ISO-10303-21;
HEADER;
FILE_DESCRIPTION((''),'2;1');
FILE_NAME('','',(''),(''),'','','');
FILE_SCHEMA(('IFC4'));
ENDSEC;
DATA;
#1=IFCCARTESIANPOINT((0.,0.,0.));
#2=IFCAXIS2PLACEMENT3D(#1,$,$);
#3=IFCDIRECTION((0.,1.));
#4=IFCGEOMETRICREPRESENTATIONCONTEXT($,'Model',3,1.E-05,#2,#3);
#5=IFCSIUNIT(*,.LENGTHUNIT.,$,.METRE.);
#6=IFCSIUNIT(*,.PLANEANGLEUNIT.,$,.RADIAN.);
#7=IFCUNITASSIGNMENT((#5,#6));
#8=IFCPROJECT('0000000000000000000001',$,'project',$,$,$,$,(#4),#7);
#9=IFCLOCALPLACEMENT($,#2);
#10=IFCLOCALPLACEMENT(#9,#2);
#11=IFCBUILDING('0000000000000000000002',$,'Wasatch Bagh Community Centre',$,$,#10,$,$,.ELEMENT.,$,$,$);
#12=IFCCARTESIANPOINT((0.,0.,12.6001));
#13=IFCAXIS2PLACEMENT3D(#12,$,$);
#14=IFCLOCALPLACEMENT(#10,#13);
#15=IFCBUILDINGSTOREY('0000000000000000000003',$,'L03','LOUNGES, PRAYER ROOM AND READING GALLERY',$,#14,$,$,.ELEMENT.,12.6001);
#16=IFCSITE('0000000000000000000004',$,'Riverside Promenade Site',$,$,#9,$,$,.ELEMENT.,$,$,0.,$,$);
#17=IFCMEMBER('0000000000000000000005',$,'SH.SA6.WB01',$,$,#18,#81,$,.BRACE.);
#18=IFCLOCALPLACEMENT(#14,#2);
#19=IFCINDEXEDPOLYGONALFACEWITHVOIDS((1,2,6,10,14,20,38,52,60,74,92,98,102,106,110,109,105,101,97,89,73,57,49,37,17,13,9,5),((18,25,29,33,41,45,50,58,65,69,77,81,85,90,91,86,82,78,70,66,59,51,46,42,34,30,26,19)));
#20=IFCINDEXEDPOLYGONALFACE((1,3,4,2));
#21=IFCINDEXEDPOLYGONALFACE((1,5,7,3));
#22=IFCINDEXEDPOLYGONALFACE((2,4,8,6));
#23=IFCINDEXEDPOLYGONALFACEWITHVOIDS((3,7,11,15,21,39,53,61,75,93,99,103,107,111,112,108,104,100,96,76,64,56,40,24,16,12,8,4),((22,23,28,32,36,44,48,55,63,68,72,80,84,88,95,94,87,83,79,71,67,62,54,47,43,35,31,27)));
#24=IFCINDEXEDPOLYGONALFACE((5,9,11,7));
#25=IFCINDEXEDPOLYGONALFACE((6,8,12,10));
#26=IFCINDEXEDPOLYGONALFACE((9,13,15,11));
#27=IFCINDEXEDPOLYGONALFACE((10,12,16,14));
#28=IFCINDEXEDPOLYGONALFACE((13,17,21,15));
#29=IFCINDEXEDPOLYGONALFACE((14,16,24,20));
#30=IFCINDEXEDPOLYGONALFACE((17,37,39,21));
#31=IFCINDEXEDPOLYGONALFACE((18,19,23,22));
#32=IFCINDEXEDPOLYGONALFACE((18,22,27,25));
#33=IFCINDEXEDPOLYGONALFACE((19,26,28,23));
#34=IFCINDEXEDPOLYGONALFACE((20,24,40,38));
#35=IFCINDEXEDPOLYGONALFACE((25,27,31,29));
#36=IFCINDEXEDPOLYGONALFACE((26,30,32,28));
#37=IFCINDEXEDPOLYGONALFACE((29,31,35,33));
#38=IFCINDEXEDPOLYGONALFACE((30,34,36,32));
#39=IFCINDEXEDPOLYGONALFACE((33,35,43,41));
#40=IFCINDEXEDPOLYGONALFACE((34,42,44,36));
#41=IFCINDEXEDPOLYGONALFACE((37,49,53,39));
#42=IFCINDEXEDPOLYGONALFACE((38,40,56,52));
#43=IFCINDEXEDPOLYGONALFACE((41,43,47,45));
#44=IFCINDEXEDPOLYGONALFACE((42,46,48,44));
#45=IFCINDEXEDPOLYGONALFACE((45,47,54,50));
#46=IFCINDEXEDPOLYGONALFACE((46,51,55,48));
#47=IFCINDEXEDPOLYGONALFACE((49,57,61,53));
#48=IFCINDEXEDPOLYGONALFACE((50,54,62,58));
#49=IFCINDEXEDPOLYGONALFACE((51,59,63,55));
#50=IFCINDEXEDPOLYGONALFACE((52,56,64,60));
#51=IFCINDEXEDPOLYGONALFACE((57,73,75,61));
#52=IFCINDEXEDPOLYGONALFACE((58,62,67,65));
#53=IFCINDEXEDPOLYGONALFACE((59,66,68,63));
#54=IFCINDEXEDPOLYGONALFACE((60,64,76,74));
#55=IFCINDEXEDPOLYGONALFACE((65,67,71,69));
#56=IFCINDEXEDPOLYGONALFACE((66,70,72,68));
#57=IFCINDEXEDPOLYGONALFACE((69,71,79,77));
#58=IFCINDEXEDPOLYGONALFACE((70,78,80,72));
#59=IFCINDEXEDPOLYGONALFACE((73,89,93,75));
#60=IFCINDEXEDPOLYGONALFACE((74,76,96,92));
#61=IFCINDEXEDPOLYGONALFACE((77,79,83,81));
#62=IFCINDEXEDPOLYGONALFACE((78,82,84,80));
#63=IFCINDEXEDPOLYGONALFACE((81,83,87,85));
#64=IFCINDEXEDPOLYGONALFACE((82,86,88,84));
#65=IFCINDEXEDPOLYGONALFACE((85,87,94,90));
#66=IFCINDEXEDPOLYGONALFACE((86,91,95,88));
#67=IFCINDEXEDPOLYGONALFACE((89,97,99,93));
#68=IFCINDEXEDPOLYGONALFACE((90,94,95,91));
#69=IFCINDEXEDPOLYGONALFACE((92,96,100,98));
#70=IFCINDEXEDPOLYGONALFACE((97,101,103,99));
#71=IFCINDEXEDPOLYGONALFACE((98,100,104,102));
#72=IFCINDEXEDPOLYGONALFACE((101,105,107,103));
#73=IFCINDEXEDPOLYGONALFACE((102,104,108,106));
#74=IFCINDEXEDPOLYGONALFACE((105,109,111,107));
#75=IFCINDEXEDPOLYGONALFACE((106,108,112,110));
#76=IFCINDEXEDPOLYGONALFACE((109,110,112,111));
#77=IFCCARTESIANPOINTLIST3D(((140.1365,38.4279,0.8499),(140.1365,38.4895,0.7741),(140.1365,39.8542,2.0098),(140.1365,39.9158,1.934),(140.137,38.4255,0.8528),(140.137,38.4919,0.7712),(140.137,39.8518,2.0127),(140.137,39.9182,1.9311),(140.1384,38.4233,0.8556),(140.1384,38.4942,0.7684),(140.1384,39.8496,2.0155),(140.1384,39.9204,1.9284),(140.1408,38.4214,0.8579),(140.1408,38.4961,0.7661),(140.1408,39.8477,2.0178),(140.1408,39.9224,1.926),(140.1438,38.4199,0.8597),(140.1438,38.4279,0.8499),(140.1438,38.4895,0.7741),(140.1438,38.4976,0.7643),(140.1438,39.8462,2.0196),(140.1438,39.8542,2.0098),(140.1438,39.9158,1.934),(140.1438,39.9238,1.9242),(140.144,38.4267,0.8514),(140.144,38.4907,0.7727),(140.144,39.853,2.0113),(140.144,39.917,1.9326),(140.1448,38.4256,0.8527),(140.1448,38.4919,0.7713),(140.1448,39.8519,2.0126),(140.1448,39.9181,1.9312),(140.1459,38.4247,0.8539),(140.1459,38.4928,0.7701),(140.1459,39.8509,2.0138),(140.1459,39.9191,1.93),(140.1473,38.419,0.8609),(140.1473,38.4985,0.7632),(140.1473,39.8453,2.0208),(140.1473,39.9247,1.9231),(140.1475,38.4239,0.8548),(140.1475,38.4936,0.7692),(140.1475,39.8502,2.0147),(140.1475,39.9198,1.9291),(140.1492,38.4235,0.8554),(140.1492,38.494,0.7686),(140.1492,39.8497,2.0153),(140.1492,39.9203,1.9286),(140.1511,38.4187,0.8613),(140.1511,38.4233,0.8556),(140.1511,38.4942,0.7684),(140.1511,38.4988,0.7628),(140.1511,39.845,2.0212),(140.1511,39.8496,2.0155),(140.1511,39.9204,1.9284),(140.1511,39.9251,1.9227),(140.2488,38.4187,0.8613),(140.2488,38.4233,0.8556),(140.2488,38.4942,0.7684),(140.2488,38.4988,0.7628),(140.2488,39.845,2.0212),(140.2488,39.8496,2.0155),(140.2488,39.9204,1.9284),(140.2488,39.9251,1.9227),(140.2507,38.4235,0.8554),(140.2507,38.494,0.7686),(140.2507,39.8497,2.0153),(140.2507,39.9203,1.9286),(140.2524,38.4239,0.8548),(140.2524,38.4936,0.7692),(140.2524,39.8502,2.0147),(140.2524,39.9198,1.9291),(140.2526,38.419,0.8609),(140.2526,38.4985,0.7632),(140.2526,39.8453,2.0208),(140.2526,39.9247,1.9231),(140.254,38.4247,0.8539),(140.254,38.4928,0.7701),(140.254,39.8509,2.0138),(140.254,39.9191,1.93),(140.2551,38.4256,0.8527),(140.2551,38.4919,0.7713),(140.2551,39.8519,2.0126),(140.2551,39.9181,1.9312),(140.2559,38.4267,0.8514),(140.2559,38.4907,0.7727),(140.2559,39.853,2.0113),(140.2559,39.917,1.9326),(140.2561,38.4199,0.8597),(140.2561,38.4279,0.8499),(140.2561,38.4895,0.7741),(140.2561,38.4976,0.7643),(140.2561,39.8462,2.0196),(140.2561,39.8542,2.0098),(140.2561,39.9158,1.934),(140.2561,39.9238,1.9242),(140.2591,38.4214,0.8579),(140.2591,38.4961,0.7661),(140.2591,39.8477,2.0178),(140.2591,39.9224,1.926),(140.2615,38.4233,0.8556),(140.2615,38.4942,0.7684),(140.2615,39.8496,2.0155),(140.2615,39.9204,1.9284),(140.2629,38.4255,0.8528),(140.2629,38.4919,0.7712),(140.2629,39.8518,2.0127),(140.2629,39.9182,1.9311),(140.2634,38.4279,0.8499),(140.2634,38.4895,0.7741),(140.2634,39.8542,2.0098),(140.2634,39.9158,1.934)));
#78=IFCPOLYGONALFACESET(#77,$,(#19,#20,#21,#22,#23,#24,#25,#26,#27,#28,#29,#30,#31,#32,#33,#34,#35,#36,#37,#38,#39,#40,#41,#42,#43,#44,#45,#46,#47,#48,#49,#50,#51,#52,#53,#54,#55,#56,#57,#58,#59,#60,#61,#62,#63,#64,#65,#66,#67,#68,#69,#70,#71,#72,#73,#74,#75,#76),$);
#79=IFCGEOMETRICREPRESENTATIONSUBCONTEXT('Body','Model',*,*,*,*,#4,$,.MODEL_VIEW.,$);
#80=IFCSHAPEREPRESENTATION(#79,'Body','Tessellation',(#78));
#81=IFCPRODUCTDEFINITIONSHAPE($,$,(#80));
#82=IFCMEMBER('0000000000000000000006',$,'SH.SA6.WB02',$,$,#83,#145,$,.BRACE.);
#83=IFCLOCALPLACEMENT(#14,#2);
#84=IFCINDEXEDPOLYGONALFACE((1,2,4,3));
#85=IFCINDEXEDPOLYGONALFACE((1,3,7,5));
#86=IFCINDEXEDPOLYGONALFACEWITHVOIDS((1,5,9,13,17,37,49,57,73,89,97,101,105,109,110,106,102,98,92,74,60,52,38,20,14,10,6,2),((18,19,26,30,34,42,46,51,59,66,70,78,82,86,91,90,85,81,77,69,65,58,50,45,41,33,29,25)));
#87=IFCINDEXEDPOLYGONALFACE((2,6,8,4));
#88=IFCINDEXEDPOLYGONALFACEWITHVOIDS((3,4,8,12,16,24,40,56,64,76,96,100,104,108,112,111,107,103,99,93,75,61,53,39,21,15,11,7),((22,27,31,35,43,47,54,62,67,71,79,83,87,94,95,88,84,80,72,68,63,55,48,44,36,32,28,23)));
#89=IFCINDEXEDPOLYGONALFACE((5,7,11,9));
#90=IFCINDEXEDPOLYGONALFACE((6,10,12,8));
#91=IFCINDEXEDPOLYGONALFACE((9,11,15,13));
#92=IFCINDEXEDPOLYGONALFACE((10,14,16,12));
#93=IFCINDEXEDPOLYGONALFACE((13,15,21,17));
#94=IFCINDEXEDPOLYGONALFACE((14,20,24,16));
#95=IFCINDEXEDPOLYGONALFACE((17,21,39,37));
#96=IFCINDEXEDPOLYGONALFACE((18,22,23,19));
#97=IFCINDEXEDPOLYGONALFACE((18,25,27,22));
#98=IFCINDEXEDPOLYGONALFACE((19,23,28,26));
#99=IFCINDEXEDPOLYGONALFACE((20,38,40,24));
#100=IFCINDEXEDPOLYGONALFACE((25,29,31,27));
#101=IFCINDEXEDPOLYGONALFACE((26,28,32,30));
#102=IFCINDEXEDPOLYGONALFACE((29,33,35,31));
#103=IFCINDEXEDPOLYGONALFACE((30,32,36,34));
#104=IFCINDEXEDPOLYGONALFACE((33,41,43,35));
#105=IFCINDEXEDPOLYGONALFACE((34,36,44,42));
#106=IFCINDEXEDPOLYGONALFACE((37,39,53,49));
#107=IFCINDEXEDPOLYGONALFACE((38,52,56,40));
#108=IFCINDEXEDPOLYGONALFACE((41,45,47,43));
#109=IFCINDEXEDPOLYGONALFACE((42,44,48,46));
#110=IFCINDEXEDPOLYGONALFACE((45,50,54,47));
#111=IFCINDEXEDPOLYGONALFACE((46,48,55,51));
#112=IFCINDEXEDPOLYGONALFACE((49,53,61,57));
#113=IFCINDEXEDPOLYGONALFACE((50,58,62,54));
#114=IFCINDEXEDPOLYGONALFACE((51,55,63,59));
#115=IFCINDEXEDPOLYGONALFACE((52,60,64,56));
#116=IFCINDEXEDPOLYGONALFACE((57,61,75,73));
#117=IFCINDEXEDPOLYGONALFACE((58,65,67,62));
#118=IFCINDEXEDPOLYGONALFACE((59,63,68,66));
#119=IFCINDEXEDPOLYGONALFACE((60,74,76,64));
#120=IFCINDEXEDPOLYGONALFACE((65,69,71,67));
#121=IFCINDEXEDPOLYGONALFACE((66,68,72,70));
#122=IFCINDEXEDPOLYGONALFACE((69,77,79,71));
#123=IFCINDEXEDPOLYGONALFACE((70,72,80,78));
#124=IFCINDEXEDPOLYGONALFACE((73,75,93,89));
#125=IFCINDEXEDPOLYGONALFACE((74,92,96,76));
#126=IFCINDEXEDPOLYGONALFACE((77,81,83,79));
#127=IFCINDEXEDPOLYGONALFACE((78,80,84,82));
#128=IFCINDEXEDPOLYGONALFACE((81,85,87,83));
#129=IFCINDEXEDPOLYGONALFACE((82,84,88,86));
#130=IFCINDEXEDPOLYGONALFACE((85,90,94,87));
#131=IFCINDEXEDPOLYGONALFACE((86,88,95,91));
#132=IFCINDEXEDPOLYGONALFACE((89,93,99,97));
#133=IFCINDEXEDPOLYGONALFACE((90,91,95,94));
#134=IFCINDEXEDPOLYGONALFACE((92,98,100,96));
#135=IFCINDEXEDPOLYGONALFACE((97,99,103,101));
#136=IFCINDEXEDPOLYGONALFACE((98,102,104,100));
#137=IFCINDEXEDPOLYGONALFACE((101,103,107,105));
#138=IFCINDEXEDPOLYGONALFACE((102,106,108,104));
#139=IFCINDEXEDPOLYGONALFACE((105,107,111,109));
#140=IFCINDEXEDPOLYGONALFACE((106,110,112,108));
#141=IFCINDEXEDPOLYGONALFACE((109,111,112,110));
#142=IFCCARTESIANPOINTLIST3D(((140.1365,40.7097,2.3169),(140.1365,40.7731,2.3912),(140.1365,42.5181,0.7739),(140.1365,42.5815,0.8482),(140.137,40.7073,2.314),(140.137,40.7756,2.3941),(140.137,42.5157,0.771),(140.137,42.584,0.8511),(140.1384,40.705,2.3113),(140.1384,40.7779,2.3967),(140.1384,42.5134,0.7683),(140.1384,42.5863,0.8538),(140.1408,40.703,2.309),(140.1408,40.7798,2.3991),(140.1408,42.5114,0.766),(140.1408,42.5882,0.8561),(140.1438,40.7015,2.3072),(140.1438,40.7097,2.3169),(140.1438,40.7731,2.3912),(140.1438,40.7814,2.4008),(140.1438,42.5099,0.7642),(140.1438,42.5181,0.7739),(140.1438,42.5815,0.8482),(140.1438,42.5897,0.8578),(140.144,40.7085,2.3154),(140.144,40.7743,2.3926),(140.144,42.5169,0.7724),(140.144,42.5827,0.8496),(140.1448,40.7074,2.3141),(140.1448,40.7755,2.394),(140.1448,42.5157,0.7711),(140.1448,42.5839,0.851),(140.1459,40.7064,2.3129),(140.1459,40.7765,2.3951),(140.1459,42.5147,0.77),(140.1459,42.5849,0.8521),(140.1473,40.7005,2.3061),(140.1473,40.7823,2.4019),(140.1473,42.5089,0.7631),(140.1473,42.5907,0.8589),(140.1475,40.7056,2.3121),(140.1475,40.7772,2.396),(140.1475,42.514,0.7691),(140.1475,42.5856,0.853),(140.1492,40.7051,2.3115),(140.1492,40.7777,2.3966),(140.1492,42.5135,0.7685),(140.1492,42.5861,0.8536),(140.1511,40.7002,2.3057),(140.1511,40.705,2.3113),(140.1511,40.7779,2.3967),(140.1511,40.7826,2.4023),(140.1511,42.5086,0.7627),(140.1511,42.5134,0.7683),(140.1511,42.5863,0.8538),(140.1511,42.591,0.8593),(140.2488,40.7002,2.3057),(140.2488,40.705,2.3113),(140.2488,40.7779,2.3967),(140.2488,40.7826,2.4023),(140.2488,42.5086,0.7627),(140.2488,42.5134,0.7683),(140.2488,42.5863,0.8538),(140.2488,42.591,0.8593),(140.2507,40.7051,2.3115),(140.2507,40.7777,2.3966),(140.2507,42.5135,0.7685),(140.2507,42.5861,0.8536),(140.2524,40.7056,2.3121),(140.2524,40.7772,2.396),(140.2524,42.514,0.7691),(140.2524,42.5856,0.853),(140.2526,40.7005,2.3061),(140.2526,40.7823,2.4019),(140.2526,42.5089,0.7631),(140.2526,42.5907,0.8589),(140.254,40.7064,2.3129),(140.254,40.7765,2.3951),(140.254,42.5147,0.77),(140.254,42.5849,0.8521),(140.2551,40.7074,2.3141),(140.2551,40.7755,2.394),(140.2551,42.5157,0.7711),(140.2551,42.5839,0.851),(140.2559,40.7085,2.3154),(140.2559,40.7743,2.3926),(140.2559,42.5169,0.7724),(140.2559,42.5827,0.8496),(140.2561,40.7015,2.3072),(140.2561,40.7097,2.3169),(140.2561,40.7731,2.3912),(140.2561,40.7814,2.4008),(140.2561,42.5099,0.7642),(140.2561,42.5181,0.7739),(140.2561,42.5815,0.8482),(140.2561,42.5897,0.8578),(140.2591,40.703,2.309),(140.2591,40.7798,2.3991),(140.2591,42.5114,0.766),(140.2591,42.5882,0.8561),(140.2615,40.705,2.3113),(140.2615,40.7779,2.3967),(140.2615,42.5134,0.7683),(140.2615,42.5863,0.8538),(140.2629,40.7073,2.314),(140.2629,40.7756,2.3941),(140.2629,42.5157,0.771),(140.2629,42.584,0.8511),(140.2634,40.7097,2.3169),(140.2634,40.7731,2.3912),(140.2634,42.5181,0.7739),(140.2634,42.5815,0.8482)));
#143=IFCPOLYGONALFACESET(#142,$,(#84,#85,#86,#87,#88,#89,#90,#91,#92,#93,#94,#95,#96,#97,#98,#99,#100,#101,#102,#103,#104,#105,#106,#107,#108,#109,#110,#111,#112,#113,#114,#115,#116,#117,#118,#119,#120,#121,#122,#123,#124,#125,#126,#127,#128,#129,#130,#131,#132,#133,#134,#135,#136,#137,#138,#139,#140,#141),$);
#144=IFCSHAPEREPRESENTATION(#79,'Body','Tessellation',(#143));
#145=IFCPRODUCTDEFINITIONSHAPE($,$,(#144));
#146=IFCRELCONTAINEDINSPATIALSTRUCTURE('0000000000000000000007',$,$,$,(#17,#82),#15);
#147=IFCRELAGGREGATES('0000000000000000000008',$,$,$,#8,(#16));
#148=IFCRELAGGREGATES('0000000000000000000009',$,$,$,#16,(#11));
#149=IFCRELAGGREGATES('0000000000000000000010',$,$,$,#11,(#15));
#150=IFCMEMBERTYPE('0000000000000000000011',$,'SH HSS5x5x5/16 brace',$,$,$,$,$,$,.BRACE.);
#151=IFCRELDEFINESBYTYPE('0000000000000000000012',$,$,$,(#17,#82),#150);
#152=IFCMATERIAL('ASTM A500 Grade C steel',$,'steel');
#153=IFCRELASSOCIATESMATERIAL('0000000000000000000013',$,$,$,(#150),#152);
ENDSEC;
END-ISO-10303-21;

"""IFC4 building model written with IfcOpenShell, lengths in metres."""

from ifc_helpers import new_model, si_unit, direction, frame, origin, origin_2d, place, context, subcontext, project, spatial, hollow_rectangle, extrude, material, material_profile, profile_set, type_object, element, save


model = new_model("IFC4")

# Units and contexts
model_context = context("Model", 3, precision=1e-05, world=origin(), true_north=direction((0.0, 1.0)))
body_context = subcontext(model_context, "Body", "Model", "MODEL_VIEW")
ifc_project = project(units=[si_unit("LENGTHUNIT", "METRE"), si_unit("PLANEANGLEUNIT", "RADIAN")], contexts=[model_context])

# Site, building, storey
site_placement = place(None, origin())
site = spatial("IfcSite", under=ifc_project, at=site_placement, Name="Riverside Promenade Site", CompositionType="ELEMENT", RefElevation=0.0)
building_placement = place(site_placement, origin())
building = spatial("IfcBuilding", under=site, at=building_placement, Name="Wasatch Bagh Community Centre", CompositionType="ELEMENT")
storey_placement = place(building_placement, frame((0.0, 0.0, 12.6001)))
storey = spatial("IfcBuildingStorey", under=building, at=storey_placement, Name="L03", Description="LOUNGES, PRAYER ROOM AND READING GALLERY", CompositionType="ELEMENT", Elevation=12.6001)

# Members
ifc_material_1 = material(Name="ASTM A500 Grade C steel", Category="steel")
ifc_material_profile_1 = material_profile(ifc_material_1, hollow_rectangle(XDim=0.127, YDim=0.127, WallThickness=0.0073, InnerFilletRadius=0.0073, OuterFilletRadius=0.0146, at=origin_2d()), Name="HSS5x5x5/16")
ifc_profile_set_1 = profile_set([ifc_material_profile_1], Name="ASTM A500 Grade C steel")
member_type_1 = type_object("IfcMemberType", Name="SH HSS5x5x5/16 brace", PredefinedType="BRACE", material=ifc_profile_set_1)
member_1_placement = place(storey_placement, frame((140.2, 38.4587, 0.812), z_axis=(0.0, 0.77583, 0.630943), x_axis=(-1.0, 0.0, 0.0)))
element("IfcMember", 1, at=member_1_placement, inside=storey, type_object=member_type_1, Name="SH.SA6.WB01", PredefinedType="BRACE", context=body_context, shape_type="SweptSolid", body=[
    extrude(hollow_rectangle(XDim=0.127, YDim=0.127, WallThickness=0.0073, InnerFilletRadius=0.0073, OuterFilletRadius=0.0146, at=origin_2d()), origin(), (0.0, 0.0, 1.0), 1.8384),
])
member_2_placement = place(storey_placement, frame((140.2, 42.5498, 0.811), z_axis=(0.0, -0.760719, 0.649081), x_axis=(1.0, 0.0, 0.0)))
element("IfcMember", 2, at=member_2_placement, inside=storey, type_object=member_type_1, Name="SH.SA6.WB02", PredefinedType="BRACE", context=body_context, shape_type="SweptSolid", body=[
    extrude(hollow_rectangle(XDim=0.127, YDim=0.127, WallThickness=0.0073, InnerFilletRadius=0.0073, OuterFilletRadius=0.0146, at=origin_2d()), origin(), (0.0, 0.0, 1.0), 2.3772),
])

save(model, "model.ifc")
